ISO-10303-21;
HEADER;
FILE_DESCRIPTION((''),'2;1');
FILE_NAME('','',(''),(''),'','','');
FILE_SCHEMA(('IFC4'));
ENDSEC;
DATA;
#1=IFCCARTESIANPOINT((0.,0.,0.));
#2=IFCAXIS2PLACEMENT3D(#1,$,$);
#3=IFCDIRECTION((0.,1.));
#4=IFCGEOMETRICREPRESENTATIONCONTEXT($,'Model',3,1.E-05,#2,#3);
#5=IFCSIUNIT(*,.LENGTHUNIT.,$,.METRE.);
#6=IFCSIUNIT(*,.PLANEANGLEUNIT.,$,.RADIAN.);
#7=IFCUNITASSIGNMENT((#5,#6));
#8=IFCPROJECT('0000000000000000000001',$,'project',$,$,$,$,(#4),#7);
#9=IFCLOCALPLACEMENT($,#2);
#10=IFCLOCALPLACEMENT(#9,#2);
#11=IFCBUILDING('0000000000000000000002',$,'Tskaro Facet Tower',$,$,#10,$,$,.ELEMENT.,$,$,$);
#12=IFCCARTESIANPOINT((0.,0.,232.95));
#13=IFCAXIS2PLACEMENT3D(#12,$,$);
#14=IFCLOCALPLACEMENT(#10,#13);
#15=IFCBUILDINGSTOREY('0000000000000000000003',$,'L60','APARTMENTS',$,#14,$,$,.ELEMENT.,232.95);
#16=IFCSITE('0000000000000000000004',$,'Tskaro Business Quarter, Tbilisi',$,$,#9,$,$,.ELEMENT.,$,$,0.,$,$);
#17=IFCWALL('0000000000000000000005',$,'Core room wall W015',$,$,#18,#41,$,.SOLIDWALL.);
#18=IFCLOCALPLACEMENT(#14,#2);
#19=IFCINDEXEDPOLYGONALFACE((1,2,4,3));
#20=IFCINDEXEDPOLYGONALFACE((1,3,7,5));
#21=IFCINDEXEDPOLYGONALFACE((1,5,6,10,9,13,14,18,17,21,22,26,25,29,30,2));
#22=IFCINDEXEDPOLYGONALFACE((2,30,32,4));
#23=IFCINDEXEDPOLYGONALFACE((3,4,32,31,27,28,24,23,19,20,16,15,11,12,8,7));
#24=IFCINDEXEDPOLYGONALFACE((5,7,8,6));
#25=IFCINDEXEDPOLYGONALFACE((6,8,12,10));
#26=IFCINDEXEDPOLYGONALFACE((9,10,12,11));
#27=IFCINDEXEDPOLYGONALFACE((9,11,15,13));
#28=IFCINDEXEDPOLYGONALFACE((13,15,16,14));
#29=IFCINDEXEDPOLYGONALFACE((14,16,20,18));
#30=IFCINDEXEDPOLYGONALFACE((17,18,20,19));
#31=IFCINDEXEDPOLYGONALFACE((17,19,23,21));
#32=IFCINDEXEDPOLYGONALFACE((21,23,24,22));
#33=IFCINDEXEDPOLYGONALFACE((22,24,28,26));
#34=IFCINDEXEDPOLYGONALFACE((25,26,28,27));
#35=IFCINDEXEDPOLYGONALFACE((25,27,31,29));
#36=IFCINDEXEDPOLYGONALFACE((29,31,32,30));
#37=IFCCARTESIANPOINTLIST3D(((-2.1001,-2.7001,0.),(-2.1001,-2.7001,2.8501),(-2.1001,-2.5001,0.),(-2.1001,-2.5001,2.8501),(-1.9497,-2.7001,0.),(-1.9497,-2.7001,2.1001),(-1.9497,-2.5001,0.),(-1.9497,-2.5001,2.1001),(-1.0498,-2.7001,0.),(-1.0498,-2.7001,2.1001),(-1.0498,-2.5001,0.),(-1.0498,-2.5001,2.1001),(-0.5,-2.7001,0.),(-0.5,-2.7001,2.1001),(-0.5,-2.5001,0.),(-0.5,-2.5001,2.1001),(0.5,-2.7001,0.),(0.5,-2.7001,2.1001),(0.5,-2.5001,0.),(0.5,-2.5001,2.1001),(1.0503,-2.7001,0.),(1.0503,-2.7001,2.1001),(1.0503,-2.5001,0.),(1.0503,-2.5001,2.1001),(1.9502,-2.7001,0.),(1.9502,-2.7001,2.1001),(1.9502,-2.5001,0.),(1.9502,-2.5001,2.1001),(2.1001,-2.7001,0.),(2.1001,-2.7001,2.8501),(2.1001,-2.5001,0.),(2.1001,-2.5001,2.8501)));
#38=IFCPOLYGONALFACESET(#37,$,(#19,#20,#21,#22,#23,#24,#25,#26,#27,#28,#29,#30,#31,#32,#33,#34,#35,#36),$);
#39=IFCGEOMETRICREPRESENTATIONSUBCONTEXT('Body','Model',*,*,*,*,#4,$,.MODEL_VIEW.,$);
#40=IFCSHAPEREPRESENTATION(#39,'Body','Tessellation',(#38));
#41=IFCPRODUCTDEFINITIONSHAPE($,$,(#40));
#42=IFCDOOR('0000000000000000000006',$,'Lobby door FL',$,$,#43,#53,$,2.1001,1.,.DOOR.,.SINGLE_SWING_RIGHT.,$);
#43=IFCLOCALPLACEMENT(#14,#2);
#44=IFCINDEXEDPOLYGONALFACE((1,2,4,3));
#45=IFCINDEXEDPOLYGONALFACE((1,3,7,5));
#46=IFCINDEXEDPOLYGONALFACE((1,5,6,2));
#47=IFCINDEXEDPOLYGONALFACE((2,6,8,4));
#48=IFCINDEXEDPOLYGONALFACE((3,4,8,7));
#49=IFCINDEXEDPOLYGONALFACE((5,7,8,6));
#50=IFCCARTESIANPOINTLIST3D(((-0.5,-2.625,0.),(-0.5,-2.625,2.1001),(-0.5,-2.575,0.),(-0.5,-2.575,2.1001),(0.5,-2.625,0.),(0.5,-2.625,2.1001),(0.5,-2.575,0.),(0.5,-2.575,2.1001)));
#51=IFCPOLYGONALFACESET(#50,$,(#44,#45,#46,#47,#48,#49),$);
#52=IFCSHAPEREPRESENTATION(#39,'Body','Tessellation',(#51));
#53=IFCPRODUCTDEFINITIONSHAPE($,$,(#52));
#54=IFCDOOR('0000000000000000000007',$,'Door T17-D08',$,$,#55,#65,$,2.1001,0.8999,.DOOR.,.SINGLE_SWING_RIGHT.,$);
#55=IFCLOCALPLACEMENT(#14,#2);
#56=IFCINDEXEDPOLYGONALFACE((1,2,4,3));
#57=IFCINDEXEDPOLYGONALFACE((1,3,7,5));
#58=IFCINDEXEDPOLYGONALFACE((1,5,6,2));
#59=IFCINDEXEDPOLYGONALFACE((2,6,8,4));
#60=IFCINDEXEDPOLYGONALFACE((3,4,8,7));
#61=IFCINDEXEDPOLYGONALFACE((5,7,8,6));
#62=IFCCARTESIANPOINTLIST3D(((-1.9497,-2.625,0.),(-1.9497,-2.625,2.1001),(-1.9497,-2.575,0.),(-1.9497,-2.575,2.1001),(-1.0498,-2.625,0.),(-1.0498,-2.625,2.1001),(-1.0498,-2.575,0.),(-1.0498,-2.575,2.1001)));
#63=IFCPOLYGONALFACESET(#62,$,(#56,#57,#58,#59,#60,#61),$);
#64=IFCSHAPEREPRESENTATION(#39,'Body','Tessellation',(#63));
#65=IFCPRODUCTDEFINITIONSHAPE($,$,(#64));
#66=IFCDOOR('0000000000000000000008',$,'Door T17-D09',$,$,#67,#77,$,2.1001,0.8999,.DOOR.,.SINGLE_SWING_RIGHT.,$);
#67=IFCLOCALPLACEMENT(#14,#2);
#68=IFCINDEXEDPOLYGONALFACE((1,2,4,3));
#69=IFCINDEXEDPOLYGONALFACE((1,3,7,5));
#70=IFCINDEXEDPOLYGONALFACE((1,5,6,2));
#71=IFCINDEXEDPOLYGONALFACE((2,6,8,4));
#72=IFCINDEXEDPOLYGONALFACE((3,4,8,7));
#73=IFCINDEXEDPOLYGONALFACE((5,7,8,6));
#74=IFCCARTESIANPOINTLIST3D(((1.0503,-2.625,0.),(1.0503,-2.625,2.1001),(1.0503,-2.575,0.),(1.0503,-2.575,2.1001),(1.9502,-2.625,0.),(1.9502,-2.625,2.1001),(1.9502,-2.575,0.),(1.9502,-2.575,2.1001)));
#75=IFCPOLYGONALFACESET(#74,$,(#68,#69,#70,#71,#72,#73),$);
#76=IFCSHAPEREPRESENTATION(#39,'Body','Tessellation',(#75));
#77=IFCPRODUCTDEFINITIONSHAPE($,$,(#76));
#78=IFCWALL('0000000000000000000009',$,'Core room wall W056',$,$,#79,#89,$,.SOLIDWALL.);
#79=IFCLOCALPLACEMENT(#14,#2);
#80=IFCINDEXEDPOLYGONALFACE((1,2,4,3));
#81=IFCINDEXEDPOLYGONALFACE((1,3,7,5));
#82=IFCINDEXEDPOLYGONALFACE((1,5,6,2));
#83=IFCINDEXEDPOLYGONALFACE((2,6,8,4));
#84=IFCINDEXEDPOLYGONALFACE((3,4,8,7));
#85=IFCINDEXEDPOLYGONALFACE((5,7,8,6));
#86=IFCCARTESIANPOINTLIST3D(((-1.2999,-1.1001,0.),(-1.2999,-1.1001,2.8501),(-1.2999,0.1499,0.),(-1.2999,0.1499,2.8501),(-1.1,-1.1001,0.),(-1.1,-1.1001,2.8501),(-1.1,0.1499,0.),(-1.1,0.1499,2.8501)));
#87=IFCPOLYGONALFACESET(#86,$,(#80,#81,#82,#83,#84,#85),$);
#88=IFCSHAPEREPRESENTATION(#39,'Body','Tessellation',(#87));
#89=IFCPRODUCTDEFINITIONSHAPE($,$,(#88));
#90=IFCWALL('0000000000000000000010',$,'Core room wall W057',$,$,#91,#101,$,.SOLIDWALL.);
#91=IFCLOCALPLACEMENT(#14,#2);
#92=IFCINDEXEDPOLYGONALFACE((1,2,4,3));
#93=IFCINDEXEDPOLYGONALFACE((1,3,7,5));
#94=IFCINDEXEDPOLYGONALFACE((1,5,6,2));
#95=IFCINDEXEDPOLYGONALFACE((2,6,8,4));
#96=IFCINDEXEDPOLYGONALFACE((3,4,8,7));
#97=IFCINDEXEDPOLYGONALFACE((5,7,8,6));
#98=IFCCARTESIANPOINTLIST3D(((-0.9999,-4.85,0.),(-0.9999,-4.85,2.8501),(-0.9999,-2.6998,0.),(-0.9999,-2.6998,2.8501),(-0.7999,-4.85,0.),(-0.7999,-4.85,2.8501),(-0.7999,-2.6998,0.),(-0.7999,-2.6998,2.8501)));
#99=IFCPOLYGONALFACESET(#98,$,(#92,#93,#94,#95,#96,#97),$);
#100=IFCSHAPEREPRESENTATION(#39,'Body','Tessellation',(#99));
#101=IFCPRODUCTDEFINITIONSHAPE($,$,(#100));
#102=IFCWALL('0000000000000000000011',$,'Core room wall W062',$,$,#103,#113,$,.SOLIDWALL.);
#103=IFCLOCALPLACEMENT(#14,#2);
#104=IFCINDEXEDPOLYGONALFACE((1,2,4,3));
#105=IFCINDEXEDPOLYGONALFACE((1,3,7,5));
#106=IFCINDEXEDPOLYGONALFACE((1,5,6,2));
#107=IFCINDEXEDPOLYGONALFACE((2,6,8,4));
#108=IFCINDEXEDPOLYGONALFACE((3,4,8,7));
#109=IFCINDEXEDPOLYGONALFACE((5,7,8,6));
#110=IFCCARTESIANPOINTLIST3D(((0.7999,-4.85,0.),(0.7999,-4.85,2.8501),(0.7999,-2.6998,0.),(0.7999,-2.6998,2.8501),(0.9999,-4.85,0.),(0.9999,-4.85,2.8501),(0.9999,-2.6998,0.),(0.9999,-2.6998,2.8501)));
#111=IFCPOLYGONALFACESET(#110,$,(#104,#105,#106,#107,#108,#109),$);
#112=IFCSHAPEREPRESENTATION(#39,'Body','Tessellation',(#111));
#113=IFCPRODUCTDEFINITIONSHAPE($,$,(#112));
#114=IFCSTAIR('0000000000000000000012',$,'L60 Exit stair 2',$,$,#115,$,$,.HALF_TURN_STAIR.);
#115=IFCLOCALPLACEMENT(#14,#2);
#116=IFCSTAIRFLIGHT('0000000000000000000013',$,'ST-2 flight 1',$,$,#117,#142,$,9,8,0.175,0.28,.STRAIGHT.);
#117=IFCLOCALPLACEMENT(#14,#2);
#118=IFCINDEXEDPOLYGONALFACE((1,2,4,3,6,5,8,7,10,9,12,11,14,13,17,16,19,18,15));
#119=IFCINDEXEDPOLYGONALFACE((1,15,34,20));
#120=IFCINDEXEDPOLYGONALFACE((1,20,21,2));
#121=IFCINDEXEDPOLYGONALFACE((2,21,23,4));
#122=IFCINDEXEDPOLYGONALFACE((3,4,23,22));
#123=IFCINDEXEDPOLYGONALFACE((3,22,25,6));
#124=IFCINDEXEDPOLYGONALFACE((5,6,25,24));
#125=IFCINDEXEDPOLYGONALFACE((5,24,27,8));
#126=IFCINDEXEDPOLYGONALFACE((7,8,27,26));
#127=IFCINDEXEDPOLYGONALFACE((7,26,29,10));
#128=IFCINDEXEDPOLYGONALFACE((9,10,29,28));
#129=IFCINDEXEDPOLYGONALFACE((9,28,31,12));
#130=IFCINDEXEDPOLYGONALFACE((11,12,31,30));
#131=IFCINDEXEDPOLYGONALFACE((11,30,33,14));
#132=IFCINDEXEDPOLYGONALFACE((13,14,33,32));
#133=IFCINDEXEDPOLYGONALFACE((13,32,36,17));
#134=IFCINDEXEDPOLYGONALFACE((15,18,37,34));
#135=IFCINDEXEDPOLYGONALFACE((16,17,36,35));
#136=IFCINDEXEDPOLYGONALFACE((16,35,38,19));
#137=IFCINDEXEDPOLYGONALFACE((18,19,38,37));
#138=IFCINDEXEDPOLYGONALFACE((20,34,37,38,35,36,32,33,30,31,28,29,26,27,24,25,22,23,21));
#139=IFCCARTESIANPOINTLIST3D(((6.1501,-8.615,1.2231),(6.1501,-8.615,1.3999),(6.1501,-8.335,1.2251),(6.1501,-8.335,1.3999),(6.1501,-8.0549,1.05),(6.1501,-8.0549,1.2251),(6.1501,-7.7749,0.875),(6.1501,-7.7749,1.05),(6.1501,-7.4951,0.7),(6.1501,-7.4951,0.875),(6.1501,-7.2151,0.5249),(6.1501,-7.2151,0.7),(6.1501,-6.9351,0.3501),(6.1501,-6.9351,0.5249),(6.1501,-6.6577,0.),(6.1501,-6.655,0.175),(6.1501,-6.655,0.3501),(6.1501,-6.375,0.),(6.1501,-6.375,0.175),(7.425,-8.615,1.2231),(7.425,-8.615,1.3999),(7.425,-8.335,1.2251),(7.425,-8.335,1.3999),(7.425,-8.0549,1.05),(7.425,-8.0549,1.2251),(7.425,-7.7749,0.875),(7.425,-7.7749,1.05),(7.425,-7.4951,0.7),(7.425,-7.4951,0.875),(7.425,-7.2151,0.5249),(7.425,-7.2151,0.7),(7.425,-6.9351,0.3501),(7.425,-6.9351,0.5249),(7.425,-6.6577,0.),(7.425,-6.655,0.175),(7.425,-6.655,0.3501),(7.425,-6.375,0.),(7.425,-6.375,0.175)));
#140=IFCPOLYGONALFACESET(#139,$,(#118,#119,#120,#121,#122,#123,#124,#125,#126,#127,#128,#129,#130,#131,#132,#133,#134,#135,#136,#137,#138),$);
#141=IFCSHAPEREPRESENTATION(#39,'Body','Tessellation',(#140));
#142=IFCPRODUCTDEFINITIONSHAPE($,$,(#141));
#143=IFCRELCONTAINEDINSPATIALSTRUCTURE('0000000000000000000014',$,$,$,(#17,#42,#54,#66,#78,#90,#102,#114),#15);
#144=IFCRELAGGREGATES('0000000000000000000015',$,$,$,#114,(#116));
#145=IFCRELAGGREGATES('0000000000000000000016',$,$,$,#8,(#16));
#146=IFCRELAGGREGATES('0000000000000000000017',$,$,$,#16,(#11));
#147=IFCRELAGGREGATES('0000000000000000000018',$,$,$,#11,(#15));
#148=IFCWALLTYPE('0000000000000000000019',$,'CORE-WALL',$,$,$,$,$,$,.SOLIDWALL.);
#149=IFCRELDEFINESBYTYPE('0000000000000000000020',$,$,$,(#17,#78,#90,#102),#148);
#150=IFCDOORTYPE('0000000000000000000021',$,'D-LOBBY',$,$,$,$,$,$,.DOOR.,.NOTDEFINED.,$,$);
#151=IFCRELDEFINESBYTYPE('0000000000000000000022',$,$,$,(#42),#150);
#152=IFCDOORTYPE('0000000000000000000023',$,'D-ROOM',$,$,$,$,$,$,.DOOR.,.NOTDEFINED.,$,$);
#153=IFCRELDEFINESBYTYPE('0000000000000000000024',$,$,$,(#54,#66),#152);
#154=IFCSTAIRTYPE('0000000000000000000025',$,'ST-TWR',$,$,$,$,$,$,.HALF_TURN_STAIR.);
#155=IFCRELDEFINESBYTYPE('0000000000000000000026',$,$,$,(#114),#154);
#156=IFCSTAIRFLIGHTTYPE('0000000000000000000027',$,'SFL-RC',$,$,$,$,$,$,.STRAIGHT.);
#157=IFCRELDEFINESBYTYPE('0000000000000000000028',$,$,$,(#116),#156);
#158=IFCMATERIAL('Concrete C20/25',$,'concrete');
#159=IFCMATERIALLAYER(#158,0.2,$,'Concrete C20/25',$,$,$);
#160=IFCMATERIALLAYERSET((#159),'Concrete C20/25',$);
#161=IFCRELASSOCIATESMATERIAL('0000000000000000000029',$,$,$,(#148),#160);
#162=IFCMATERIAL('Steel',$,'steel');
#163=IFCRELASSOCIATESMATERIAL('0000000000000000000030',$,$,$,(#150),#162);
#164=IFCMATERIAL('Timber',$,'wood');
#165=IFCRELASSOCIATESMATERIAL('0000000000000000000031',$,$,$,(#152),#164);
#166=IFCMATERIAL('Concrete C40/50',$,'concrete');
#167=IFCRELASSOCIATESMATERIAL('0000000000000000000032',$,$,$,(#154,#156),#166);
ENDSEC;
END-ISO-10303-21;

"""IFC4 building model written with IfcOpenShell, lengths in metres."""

from ifc_helpers import new_model, si_unit, direction, frame, frame_2d, origin, place, context, subcontext, project, spatial, polyline, rectangle, outline, extrude, material, layer, layer_set, type_object, element, fill, aggregate, save


model = new_model("IFC4")

# Units and contexts
model_context = context("Model", 3, precision=1e-05, world=origin(), true_north=direction((0.0, 1.0)))
body_context = subcontext(model_context, "Body", "Model", "MODEL_VIEW")
ifc_project = project(units=[si_unit("LENGTHUNIT", "METRE"), si_unit("PLANEANGLEUNIT", "RADIAN")], contexts=[model_context])

# Site, building, storey
site_placement = place(None, origin())
site = spatial("IfcSite", under=ifc_project, at=site_placement, Name="Tskaro Business Quarter, Tbilisi", CompositionType="ELEMENT", RefElevation=0.0)
building_placement = place(site_placement, origin())
building = spatial("IfcBuilding", under=site, at=building_placement, Name="Tskaro Facet Tower", CompositionType="ELEMENT")
storey_placement = place(building_placement, frame((0.0, 0.0, 232.95)))
storey = spatial("IfcBuildingStorey", under=building, at=storey_placement, Name="L60", Description="APARTMENTS", CompositionType="ELEMENT", Elevation=232.95)

# Shared definitions
ifc_material_1 = material(Name="Steel", Category="steel")

# Shared definitions
ifc_material_2 = material(Name="Concrete C20/25", Category="concrete")
ifc_layer_1 = layer(ifc_material_2, 0.2, Name="Concrete C20/25")
ifc_layer_set_1 = layer_set([ifc_layer_1], Name="Concrete C20/25")
wall_type_1 = type_object("IfcWallType", Name="CORE-WALL", PredefinedType="SOLIDWALL", material=ifc_layer_set_1)

# Wall, openings, doors
wall_1_placement = place(storey_placement, frame((2.1001, -2.6001, 0.0), z_axis=(0.0, 0.0, 1.0), x_axis=(-1.0, 0.0, 0.0)))
wall_1 = element("IfcWall", 1, at=wall_1_placement, inside=storey, type_object=wall_type_1, Name="Core room wall W015", PredefinedType="SOLIDWALL", context=body_context, shape_type="SweptSolid", body=[
    extrude(rectangle(XDim=4.2002, YDim=0.2, at=frame_2d((2.1001, 0.0))), origin(), (0.0, 0.0, 1.0), 2.8501),
])
opening_1_placement = place(wall_1_placement, frame((1.6001, 0.0, 0.0)))
opening_1 = element("IfcOpeningElement", 2, at=opening_1_placement, cuts=wall_1, PredefinedType="OPENING", context=body_context, shape_type="SweptSolid", body=[
    extrude(rectangle(XDim=1.0, YDim=2.1001, at=frame_2d((0.5, 1.05))), frame((0.0, 0.1099, 0.0), z_axis=(0.0, -1.0, 0.0), x_axis=(1.0, 0.0, 0.0)), (0.0, 0.0, 1.0), 0.22),
])
opening_2_placement = place(wall_1_placement, frame((3.1499, 0.0, 0.0)))
opening_2 = element("IfcOpeningElement", 3, at=opening_2_placement, cuts=wall_1, PredefinedType="OPENING", context=body_context, shape_type="SweptSolid", body=[
    extrude(rectangle(XDim=0.8999, YDim=2.1001, at=frame_2d((0.45, 1.05))), frame((0.0, 0.1099, 0.0), z_axis=(0.0, -1.0, 0.0), x_axis=(1.0, 0.0, 0.0)), (0.0, 0.0, 1.0), 0.22),
])
opening_3_placement = place(wall_1_placement, frame((0.1499, 0.0, 0.0)))
opening_3 = element("IfcOpeningElement", 4, at=opening_3_placement, cuts=wall_1, PredefinedType="OPENING", context=body_context, shape_type="SweptSolid", body=[
    extrude(rectangle(XDim=0.8999, YDim=2.1001, at=frame_2d((0.45, 1.05))), frame((0.0, 0.1099, 0.0), z_axis=(0.0, -1.0, 0.0), x_axis=(1.0, 0.0, 0.0)), (0.0, 0.0, 1.0), 0.22),
])
door_type_1 = type_object("IfcDoorType", Name="D-LOBBY", OperationType="NOTDEFINED", PredefinedType="DOOR", material=ifc_material_1)
door_1_placement = place(opening_1_placement, origin())
door_1 = element("IfcDoor", 5, at=door_1_placement, inside=storey, type_object=door_type_1, Name="Lobby door FL", OperationType="SINGLE_SWING_RIGHT", OverallHeight=2.1001, OverallWidth=1.0, PredefinedType="DOOR", context=body_context, shape_type="SweptSolid", body=[
    extrude(rectangle(XDim=1.0, YDim=2.1001, at=frame_2d((0.5, 1.05))), frame((0.0, 0.0249, 0.0), z_axis=(0.0, -1.0, 0.0), x_axis=(1.0, 0.0, 0.0)), (0.0, 0.0, 1.0), 0.05),
])
fill(opening_1, door_1)
ifc_material_3 = material(Name="Timber", Category="wood")
door_type_2 = type_object("IfcDoorType", Name="D-ROOM", OperationType="NOTDEFINED", PredefinedType="DOOR", material=ifc_material_3)
door_2_placement = place(opening_2_placement, origin())
door_2 = element("IfcDoor", 6, at=door_2_placement, inside=storey, type_object=door_type_2, Name="Door T17-D08", OperationType="SINGLE_SWING_RIGHT", OverallHeight=2.1001, OverallWidth=0.8999, PredefinedType="DOOR", context=body_context, shape_type="SweptSolid", body=[
    extrude(rectangle(XDim=0.8999, YDim=2.1001, at=frame_2d((0.45, 1.05))), frame((0.0, 0.0249, 0.0), z_axis=(0.0, -1.0, 0.0), x_axis=(1.0, 0.0, 0.0)), (0.0, 0.0, 1.0), 0.05),
])
fill(opening_2, door_2)
door_3_placement = place(opening_3_placement, origin())
door_3 = element("IfcDoor", 7, at=door_3_placement, inside=storey, type_object=door_type_2, Name="Door T17-D09", OperationType="SINGLE_SWING_RIGHT", OverallHeight=2.1001, OverallWidth=0.8999, PredefinedType="DOOR", context=body_context, shape_type="SweptSolid", body=[
    extrude(rectangle(XDim=0.8999, YDim=2.1001, at=frame_2d((0.45, 1.05))), frame((0.0, 0.0249, 0.0), z_axis=(0.0, -1.0, 0.0), x_axis=(1.0, 0.0, 0.0)), (0.0, 0.0, 1.0), 0.05),
])
fill(opening_3, door_3)

# Walls
wall_2_placement = place(storey_placement, frame((-1.2, -1.1001, 0.0), z_axis=(0.0, 0.0, 1.0), x_axis=(0.0, 1.0, 0.0)))
element("IfcWall", 8, at=wall_2_placement, inside=storey, type_object=wall_type_1, Name="Core room wall W056", PredefinedType="SOLIDWALL", context=body_context, shape_type="SweptSolid", body=[
    extrude(rectangle(XDim=1.25, YDim=0.2, at=frame_2d((0.625, 0.0))), origin(), (0.0, 0.0, 1.0), 2.8501),
])
for number, where, z_axis, x_axis, name in (
    (9, (-0.8999, -4.8501, 0.0), (0.0, 0.0, 1.0), (0.0, 1.0, 0.0), "Core room wall W057"),
    (10, (0.8999, -4.8501, 0.0), (0.0, 0.0, 1.0), (0.0, 1.0, 0.0), "Core room wall W062"),
):
    element("IfcWall", number, at=place(storey_placement, frame(where, z_axis=z_axis, x_axis=x_axis)), inside=storey, type_object=wall_type_1, Name=name, PredefinedType="SOLIDWALL", context=body_context, shape_type="SweptSolid", body=[
        extrude(rectangle(XDim=2.1501, YDim=0.2, at=frame_2d((1.0752, 0.0))), origin(), (0.0, 0.0, 1.0), 2.8501),
    ])

# Stair, stair flight
ifc_material_4 = material(Name="Concrete C40/50", Category="concrete")
stair_type = type_object("IfcStairType", Name="ST-TWR", PredefinedType="HALF_TURN_STAIR", material=ifc_material_4)
stair_placement = place(storey_placement, origin())
stair = element("IfcStair", 11, at=stair_placement, inside=storey, type_object=stair_type, Name="L60 Exit stair 2", PredefinedType="HALF_TURN_STAIR")
stair_flight_type = type_object("IfcStairFlightType", Name="SFL-RC", PredefinedType="STRAIGHT", material=ifc_material_4)
stair_flight_placement = place(storey_placement, frame((6.7876, -6.375, 0.0), z_axis=(0.0, 0.0, 1.0), x_axis=(0.0, -1.0, 0.0)))
stair_flight = element("IfcStairFlight", 12, at=stair_flight_placement, type_object=stair_flight_type, Name="ST-2 flight 1", NumberOfRisers=9, NumberOfTreads=8, PredefinedType="STRAIGHT", RiserHeight=0.175, TreadLength=0.28, context=body_context, shape_type="SweptSolid", body=[
    extrude(outline(polyline([(0.0, 0.0), (0.0, 0.175), (0.28, 0.175), (0.28, 0.3501), (0.5601, 0.3501), (0.5601, 0.5249), (0.8401, 0.5249), (0.8401, 0.7), (1.1201, 0.7), (1.1201, 0.875), (1.3999, 0.875), (1.3999, 1.05), (1.6799, 1.05), (1.6799, 1.2251), (1.96, 1.2251), (1.96, 1.3999), (2.24, 1.3999), (2.24, 1.575), (2.24, 1.2231), (0.2827, 0.0), (0.0, 0.0)])), frame((0.0, 0.6375, 0.0), z_axis=(0.0, -1.0, 0.0), x_axis=(1.0, 0.0, 0.0)), (0.0, 0.0, 1.0), 1.2749),
])
aggregate(stair, [stair_flight])

save(model, "model.ifc")
